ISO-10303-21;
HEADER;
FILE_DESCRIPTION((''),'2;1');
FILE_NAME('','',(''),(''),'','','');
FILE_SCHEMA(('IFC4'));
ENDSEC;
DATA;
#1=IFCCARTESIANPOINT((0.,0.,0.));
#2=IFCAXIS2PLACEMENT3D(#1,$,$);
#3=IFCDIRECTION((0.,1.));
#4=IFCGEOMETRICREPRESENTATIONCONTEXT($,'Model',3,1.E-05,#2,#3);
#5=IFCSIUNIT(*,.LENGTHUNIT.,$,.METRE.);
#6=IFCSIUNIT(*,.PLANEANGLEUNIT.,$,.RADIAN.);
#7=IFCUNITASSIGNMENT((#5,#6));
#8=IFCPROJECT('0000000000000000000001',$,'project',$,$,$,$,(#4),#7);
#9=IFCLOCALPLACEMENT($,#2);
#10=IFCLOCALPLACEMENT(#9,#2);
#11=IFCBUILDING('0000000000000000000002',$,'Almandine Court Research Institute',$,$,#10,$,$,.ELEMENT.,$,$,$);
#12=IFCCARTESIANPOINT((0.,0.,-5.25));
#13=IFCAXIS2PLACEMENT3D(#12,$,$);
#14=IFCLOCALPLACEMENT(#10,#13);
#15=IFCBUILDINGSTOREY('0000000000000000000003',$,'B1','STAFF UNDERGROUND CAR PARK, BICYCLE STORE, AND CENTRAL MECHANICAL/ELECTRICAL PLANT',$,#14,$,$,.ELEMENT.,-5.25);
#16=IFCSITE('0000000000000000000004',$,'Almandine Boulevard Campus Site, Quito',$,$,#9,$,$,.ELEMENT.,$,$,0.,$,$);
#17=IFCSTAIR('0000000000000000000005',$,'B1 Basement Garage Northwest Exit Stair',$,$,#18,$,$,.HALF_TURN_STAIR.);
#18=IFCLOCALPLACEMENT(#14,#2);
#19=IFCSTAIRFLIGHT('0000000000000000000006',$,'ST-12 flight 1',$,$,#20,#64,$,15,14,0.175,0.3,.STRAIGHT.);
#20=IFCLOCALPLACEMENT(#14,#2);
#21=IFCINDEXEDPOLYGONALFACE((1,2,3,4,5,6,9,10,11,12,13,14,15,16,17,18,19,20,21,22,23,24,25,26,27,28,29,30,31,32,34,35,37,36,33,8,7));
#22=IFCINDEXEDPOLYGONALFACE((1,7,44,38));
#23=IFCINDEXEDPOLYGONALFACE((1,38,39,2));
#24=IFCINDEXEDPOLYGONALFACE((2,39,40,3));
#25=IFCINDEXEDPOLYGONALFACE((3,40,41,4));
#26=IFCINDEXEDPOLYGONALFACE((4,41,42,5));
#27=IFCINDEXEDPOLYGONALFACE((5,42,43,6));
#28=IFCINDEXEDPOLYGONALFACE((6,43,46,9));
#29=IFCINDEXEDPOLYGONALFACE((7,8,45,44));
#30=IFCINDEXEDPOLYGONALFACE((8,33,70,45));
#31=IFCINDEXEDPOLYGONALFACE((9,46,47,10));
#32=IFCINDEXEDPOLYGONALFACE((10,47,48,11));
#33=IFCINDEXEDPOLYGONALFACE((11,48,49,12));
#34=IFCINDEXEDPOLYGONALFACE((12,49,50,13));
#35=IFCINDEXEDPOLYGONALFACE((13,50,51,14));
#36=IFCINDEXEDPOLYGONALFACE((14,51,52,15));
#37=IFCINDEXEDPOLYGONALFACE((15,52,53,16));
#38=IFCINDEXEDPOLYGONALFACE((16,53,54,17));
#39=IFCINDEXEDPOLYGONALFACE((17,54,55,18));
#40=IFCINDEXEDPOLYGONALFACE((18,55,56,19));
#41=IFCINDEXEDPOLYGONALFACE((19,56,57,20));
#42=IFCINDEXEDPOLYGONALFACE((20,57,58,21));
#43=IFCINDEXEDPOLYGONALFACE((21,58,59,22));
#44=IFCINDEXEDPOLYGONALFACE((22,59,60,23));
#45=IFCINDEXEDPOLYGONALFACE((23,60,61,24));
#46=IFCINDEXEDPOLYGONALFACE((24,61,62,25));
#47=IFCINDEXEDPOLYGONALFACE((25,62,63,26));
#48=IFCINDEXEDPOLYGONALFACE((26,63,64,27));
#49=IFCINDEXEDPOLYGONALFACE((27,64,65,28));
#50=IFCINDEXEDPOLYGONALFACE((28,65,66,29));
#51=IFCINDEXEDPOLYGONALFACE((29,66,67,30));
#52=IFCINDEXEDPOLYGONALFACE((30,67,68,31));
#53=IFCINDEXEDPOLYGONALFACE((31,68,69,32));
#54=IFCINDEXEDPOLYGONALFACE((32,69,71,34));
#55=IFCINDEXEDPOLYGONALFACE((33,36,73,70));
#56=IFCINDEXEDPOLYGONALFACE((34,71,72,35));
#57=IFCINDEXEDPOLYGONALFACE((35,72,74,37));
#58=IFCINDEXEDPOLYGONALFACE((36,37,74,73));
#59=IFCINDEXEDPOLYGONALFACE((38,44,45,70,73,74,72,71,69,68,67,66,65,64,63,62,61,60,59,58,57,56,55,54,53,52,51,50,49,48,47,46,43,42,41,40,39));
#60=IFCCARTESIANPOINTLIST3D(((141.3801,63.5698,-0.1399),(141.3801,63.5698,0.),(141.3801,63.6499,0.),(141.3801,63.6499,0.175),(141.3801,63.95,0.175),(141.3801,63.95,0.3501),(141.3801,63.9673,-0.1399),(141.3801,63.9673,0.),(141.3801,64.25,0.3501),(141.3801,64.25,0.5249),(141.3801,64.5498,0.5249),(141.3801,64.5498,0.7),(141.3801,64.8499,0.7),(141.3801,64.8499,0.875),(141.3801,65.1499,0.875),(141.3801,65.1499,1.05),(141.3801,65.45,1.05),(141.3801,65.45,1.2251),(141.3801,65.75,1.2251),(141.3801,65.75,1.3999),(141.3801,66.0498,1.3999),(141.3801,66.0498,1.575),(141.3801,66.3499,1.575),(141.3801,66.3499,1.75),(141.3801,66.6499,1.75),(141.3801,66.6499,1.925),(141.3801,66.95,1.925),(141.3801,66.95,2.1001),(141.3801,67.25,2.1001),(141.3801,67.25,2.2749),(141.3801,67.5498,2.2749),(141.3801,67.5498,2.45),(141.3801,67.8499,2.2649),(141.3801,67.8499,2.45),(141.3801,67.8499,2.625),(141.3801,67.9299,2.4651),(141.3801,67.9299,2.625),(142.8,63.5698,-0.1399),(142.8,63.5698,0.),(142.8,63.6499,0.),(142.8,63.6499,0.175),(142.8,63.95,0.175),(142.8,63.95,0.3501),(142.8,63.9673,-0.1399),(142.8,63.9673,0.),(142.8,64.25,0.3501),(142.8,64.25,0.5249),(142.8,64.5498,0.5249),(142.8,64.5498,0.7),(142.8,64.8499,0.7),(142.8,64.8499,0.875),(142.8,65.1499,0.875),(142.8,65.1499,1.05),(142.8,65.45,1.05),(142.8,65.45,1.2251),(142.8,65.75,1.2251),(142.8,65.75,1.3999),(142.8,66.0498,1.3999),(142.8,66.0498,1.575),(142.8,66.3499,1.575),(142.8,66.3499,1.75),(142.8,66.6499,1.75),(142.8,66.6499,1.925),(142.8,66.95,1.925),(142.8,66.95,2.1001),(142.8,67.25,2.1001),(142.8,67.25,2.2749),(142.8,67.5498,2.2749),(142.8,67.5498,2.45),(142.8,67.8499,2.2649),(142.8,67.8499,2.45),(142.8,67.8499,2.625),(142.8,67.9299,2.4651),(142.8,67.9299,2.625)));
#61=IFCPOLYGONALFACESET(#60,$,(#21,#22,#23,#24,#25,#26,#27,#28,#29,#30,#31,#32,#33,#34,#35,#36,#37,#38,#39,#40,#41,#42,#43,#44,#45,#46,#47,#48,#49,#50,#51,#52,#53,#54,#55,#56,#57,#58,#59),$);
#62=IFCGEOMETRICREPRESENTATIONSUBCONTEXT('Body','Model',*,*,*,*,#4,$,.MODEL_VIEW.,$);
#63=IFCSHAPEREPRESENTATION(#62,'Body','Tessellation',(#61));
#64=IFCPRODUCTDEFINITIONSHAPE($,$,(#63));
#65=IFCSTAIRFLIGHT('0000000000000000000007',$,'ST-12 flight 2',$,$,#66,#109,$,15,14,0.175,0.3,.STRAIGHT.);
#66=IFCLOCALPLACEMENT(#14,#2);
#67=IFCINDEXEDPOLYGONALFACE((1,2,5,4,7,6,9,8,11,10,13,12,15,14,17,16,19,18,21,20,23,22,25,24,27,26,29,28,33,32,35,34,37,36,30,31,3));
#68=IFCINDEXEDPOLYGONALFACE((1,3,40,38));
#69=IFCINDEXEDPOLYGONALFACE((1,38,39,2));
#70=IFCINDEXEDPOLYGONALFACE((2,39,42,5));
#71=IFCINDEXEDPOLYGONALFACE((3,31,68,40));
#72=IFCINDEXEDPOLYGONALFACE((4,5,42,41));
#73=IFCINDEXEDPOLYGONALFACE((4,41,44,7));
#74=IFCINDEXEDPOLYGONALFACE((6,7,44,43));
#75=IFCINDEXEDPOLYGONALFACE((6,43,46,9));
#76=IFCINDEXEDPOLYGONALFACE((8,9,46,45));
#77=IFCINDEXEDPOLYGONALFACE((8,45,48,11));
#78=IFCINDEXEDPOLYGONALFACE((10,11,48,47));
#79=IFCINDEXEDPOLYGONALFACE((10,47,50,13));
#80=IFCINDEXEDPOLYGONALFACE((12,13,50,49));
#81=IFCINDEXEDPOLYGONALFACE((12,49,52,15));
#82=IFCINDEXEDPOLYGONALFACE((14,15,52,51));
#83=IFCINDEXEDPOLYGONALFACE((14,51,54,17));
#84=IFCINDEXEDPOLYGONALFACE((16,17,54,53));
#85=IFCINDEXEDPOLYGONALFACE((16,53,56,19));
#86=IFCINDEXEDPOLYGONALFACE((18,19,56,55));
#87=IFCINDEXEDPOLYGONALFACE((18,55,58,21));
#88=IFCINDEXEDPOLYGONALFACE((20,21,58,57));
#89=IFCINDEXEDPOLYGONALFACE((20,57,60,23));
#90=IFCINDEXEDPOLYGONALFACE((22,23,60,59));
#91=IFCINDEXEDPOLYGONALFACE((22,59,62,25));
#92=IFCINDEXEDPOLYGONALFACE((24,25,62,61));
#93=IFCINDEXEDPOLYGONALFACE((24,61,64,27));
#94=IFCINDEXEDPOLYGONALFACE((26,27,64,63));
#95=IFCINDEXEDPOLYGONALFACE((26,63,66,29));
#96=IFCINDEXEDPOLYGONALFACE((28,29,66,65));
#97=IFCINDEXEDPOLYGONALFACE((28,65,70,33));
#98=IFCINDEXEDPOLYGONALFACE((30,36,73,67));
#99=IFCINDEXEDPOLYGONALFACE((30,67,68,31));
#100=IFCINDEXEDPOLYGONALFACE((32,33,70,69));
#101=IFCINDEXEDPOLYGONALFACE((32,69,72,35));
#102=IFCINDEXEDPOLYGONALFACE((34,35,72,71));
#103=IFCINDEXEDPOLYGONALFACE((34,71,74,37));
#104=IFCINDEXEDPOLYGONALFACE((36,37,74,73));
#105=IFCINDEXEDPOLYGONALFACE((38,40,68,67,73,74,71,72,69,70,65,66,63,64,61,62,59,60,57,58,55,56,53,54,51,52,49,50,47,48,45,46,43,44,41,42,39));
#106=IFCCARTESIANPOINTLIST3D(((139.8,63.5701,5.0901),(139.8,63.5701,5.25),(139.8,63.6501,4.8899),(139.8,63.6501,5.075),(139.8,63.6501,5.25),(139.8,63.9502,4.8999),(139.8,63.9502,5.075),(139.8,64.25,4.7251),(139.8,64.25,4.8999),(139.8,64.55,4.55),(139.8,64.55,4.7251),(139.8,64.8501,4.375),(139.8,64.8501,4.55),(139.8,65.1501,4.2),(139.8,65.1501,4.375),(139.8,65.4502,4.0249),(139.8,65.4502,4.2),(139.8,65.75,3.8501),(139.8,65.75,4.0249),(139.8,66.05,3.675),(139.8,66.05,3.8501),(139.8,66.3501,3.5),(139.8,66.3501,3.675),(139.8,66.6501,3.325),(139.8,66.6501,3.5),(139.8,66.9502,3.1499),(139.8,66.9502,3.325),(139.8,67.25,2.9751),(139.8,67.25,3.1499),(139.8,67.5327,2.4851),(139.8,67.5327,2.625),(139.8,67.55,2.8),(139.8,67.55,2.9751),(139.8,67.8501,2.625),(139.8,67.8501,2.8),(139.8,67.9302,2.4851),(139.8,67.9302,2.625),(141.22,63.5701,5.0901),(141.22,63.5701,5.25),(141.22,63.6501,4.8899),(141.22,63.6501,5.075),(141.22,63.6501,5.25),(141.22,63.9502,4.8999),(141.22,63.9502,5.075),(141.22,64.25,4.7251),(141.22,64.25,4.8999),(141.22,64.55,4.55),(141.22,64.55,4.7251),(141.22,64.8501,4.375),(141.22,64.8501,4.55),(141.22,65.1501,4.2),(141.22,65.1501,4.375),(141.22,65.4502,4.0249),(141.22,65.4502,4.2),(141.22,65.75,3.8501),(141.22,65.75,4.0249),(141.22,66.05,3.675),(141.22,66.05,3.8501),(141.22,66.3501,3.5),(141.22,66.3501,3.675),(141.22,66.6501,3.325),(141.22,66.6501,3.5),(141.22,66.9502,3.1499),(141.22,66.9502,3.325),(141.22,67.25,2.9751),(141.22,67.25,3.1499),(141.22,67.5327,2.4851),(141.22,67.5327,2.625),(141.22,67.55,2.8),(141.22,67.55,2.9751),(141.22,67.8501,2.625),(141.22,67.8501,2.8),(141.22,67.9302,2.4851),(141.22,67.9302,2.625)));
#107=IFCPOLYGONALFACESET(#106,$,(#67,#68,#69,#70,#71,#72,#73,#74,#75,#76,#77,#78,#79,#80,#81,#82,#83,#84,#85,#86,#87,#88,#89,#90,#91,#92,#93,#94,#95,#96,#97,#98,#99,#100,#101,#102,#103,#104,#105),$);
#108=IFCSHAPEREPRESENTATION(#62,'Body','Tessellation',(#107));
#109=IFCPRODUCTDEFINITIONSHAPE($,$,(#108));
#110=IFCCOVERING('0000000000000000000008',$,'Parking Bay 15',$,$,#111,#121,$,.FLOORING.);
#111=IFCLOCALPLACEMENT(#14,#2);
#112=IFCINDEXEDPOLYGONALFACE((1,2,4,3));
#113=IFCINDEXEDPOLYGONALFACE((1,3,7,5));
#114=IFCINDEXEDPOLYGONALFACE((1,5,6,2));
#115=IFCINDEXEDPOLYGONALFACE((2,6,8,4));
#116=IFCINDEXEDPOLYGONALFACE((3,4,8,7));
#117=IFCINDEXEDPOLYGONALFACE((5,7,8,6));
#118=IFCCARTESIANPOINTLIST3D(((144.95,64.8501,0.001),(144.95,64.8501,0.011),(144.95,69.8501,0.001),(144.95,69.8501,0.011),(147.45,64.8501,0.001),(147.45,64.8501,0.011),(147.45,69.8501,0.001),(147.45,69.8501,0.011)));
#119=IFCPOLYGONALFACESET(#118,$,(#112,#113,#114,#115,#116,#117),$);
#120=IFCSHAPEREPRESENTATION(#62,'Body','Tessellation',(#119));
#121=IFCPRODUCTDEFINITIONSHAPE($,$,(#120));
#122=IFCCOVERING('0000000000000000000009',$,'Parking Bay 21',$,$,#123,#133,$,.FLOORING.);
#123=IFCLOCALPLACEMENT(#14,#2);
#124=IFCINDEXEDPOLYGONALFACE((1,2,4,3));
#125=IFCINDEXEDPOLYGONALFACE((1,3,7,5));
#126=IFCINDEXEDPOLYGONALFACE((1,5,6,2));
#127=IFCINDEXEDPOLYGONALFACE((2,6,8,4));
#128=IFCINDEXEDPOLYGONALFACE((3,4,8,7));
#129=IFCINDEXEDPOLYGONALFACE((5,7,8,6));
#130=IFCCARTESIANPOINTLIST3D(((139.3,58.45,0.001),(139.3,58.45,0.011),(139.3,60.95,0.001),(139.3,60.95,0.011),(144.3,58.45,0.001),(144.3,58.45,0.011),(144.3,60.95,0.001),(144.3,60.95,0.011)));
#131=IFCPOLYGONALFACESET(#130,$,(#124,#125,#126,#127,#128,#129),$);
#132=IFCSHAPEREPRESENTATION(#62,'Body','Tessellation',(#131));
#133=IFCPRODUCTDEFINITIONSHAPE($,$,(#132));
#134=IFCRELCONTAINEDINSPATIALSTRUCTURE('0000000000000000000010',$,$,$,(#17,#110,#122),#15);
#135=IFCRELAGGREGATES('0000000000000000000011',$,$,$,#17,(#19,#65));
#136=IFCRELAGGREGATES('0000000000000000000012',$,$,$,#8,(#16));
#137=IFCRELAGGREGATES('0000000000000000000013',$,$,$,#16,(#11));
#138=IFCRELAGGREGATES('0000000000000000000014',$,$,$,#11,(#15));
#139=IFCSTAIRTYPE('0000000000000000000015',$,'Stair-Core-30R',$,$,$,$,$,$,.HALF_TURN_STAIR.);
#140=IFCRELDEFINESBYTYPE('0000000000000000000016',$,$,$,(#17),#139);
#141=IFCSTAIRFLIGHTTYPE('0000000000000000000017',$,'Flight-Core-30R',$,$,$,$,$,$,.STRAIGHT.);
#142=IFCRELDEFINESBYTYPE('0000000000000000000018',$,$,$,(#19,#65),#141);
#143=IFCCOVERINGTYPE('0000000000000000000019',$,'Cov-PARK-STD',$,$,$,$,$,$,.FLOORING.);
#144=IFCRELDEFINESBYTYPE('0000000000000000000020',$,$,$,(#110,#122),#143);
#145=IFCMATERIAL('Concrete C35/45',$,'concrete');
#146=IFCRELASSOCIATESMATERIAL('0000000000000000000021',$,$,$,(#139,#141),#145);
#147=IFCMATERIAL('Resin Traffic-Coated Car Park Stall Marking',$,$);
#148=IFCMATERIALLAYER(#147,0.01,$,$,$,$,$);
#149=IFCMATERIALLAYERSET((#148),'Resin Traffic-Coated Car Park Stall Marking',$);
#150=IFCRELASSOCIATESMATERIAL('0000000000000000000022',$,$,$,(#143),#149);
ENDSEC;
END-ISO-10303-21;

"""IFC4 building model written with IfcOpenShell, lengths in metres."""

from ifc_helpers import new_model, si_unit, direction, frame, origin, origin_2d, place, context, subcontext, project, spatial, polyline, rectangle, outline, extrude, material, layer, layer_set, type_object, element, aggregate, save


model = new_model("IFC4")

# Units and contexts
model_context = context("Model", 3, precision=1e-05, world=origin(), true_north=direction((0.0, 1.0)))
body_context = subcontext(model_context, "Body", "Model", "MODEL_VIEW")
ifc_project = project(units=[si_unit("LENGTHUNIT", "METRE"), si_unit("PLANEANGLEUNIT", "RADIAN")], contexts=[model_context])

# Site, building, storey
site_placement = place(None, origin())
site = spatial("IfcSite", under=ifc_project, at=site_placement, Name="Almandine Boulevard Campus Site, Quito", CompositionType="ELEMENT", RefElevation=0.0)
building_placement = place(site_placement, origin())
building = spatial("IfcBuilding", under=site, at=building_placement, Name="Almandine Court Research Institute", CompositionType="ELEMENT")
storey_placement = place(building_placement, frame((0.0, 0.0, -5.25)))
storey = spatial("IfcBuildingStorey", under=building, at=storey_placement, Name="B1", Description="STAFF UNDERGROUND CAR PARK, BICYCLE STORE, AND CENTRAL MECHANICAL/ELECTRICAL PLANT", CompositionType="ELEMENT", Elevation=-5.25)

# Shared definitions
ifc_material_1 = material(Name="Concrete C35/45", Category="concrete")

# Stair, stair flights
stair_type = type_object("IfcStairType", Name="Stair-Core-30R", PredefinedType="HALF_TURN_STAIR", material=ifc_material_1)
stair_placement = place(storey_placement, origin())
stair = element("IfcStair", 1, at=stair_placement, inside=storey, type_object=stair_type, Name="B1 Basement Garage Northwest Exit Stair", PredefinedType="HALF_TURN_STAIR")
stair_flight_type = type_object("IfcStairFlightType", Name="Flight-Core-30R", PredefinedType="STRAIGHT", material=ifc_material_1)
stair_flight_1_placement = place(storey_placement, frame((142.0901, 63.6499, 0.0), z_axis=(0.0, 0.0, 1.0), x_axis=(0.0, 1.0, 0.0)))
stair_flight_1 = element("IfcStairFlight", 2, at=stair_flight_1_placement, type_object=stair_flight_type, Name="ST-12 flight 1", NumberOfRisers=15, NumberOfTreads=14, PredefinedType="STRAIGHT", RiserHeight=0.175, TreadLength=0.3, context=body_context, shape_type="SweptSolid", body=[
    extrude(outline(polyline([(-0.0801, -0.1399), (-0.0801, 0.0), (0.0, 0.0), (0.0, 0.175), (0.3, 0.175), (0.3, 0.3501), (0.6001, 0.3501), (0.6001, 0.5249), (0.8999, 0.5249), (0.8999, 0.7), (1.2, 0.7), (1.2, 0.875), (1.5, 0.875), (1.5, 1.05), (1.8, 1.05), (1.8, 1.2251), (2.1001, 1.2251), (2.1001, 1.3999), (2.3999, 1.3999), (2.3999, 1.575), (2.7, 1.575), (2.7, 1.75), (3.0, 1.75), (3.0, 1.925), (3.3, 1.925), (3.3, 2.1001), (3.6001, 2.1001), (3.6001, 2.2749), (3.8999, 2.2749), (3.8999, 2.45), (4.2, 2.45), (4.2, 2.625), (4.28, 2.625), (4.28, 2.4651), (4.2, 2.2649), (0.3174, 0.0), (0.3174, -0.1399), (-0.0801, -0.1399)])), frame((0.0, 0.71, 0.0), z_axis=(0.0, -1.0, 0.0), x_axis=(1.0, 0.0, 0.0)), (0.0, 0.0, 1.0), 1.4199),
])
stair_flight_2_placement = place(storey_placement, frame((140.51, 67.8501, 2.625), z_axis=(0.0, 0.0, 1.0), x_axis=(0.0, -1.0, 0.0)))
stair_flight_2 = element("IfcStairFlight", 3, at=stair_flight_2_placement, type_object=stair_flight_type, Name="ST-12 flight 2", NumberOfRisers=15, NumberOfTreads=14, PredefinedType="STRAIGHT", RiserHeight=0.175, TreadLength=0.3, context=body_context, shape_type="SweptSolid", body=[
    extrude(outline(polyline([(-0.0801, -0.1399), (-0.0801, 0.0), (0.0, 0.0), (0.0, 0.175), (0.3, 0.175), (0.3, 0.3501), (0.6001, 0.3501), (0.6001, 0.5249), (0.8999, 0.5249), (0.8999, 0.7), (1.2, 0.7), (1.2, 0.875), (1.5, 0.875), (1.5, 1.05), (1.8, 1.05), (1.8, 1.2251), (2.1001, 1.2251), (2.1001, 1.3999), (2.3999, 1.3999), (2.3999, 1.575), (2.7, 1.575), (2.7, 1.75), (3.0, 1.75), (3.0, 1.925), (3.3, 1.925), (3.3, 2.1001), (3.6001, 2.1001), (3.6001, 2.2749), (3.8999, 2.2749), (3.8999, 2.45), (4.2, 2.45), (4.2, 2.625), (4.28, 2.625), (4.28, 2.4651), (4.2, 2.2649), (0.3174, 0.0), (0.3174, -0.1399), (-0.0801, -0.1399)])), frame((0.0, 0.71, 0.0), z_axis=(0.0, -1.0, 0.0), x_axis=(1.0, 0.0, 0.0)), (0.0, 0.0, 1.0), 1.4199),
])
aggregate(stair, [stair_flight_1, stair_flight_2])

# Coverings
ifc_material_2 = material(Name="Resin Traffic-Coated Car Park Stall Marking")
ifc_layer_1 = layer(ifc_material_2, 0.01)
ifc_layer_set_1 = layer_set([ifc_layer_1], Name="Resin Traffic-Coated Car Park Stall Marking")
covering_type = type_object("IfcCoveringType", Name="Cov-PARK-STD", PredefinedType="FLOORING", material=ifc_layer_set_1)
for number, where, z_axis, x_axis, name in (
    (4, (146.2, 67.3501, 0.001), (0.0, 0.0, 1.0), (0.0, 1.0, 0.0), "Parking Bay 15"),
    (5, (141.8, 59.7, 0.001), (0.0, 0.0, 1.0), (1.0, 0.0, 0.0), "Parking Bay 21"),
):
    element("IfcCovering", number, at=place(storey_placement, frame(where, z_axis=z_axis, x_axis=x_axis)), inside=storey, type_object=covering_type, Name=name, PredefinedType="FLOORING", context=body_context, shape_type="SweptSolid", body=[
        extrude(rectangle(XDim=5.0, YDim=2.5, at=origin_2d()), origin(), (0.0, 0.0, 1.0), 0.01),
    ])

save(model, "model.ifc")
